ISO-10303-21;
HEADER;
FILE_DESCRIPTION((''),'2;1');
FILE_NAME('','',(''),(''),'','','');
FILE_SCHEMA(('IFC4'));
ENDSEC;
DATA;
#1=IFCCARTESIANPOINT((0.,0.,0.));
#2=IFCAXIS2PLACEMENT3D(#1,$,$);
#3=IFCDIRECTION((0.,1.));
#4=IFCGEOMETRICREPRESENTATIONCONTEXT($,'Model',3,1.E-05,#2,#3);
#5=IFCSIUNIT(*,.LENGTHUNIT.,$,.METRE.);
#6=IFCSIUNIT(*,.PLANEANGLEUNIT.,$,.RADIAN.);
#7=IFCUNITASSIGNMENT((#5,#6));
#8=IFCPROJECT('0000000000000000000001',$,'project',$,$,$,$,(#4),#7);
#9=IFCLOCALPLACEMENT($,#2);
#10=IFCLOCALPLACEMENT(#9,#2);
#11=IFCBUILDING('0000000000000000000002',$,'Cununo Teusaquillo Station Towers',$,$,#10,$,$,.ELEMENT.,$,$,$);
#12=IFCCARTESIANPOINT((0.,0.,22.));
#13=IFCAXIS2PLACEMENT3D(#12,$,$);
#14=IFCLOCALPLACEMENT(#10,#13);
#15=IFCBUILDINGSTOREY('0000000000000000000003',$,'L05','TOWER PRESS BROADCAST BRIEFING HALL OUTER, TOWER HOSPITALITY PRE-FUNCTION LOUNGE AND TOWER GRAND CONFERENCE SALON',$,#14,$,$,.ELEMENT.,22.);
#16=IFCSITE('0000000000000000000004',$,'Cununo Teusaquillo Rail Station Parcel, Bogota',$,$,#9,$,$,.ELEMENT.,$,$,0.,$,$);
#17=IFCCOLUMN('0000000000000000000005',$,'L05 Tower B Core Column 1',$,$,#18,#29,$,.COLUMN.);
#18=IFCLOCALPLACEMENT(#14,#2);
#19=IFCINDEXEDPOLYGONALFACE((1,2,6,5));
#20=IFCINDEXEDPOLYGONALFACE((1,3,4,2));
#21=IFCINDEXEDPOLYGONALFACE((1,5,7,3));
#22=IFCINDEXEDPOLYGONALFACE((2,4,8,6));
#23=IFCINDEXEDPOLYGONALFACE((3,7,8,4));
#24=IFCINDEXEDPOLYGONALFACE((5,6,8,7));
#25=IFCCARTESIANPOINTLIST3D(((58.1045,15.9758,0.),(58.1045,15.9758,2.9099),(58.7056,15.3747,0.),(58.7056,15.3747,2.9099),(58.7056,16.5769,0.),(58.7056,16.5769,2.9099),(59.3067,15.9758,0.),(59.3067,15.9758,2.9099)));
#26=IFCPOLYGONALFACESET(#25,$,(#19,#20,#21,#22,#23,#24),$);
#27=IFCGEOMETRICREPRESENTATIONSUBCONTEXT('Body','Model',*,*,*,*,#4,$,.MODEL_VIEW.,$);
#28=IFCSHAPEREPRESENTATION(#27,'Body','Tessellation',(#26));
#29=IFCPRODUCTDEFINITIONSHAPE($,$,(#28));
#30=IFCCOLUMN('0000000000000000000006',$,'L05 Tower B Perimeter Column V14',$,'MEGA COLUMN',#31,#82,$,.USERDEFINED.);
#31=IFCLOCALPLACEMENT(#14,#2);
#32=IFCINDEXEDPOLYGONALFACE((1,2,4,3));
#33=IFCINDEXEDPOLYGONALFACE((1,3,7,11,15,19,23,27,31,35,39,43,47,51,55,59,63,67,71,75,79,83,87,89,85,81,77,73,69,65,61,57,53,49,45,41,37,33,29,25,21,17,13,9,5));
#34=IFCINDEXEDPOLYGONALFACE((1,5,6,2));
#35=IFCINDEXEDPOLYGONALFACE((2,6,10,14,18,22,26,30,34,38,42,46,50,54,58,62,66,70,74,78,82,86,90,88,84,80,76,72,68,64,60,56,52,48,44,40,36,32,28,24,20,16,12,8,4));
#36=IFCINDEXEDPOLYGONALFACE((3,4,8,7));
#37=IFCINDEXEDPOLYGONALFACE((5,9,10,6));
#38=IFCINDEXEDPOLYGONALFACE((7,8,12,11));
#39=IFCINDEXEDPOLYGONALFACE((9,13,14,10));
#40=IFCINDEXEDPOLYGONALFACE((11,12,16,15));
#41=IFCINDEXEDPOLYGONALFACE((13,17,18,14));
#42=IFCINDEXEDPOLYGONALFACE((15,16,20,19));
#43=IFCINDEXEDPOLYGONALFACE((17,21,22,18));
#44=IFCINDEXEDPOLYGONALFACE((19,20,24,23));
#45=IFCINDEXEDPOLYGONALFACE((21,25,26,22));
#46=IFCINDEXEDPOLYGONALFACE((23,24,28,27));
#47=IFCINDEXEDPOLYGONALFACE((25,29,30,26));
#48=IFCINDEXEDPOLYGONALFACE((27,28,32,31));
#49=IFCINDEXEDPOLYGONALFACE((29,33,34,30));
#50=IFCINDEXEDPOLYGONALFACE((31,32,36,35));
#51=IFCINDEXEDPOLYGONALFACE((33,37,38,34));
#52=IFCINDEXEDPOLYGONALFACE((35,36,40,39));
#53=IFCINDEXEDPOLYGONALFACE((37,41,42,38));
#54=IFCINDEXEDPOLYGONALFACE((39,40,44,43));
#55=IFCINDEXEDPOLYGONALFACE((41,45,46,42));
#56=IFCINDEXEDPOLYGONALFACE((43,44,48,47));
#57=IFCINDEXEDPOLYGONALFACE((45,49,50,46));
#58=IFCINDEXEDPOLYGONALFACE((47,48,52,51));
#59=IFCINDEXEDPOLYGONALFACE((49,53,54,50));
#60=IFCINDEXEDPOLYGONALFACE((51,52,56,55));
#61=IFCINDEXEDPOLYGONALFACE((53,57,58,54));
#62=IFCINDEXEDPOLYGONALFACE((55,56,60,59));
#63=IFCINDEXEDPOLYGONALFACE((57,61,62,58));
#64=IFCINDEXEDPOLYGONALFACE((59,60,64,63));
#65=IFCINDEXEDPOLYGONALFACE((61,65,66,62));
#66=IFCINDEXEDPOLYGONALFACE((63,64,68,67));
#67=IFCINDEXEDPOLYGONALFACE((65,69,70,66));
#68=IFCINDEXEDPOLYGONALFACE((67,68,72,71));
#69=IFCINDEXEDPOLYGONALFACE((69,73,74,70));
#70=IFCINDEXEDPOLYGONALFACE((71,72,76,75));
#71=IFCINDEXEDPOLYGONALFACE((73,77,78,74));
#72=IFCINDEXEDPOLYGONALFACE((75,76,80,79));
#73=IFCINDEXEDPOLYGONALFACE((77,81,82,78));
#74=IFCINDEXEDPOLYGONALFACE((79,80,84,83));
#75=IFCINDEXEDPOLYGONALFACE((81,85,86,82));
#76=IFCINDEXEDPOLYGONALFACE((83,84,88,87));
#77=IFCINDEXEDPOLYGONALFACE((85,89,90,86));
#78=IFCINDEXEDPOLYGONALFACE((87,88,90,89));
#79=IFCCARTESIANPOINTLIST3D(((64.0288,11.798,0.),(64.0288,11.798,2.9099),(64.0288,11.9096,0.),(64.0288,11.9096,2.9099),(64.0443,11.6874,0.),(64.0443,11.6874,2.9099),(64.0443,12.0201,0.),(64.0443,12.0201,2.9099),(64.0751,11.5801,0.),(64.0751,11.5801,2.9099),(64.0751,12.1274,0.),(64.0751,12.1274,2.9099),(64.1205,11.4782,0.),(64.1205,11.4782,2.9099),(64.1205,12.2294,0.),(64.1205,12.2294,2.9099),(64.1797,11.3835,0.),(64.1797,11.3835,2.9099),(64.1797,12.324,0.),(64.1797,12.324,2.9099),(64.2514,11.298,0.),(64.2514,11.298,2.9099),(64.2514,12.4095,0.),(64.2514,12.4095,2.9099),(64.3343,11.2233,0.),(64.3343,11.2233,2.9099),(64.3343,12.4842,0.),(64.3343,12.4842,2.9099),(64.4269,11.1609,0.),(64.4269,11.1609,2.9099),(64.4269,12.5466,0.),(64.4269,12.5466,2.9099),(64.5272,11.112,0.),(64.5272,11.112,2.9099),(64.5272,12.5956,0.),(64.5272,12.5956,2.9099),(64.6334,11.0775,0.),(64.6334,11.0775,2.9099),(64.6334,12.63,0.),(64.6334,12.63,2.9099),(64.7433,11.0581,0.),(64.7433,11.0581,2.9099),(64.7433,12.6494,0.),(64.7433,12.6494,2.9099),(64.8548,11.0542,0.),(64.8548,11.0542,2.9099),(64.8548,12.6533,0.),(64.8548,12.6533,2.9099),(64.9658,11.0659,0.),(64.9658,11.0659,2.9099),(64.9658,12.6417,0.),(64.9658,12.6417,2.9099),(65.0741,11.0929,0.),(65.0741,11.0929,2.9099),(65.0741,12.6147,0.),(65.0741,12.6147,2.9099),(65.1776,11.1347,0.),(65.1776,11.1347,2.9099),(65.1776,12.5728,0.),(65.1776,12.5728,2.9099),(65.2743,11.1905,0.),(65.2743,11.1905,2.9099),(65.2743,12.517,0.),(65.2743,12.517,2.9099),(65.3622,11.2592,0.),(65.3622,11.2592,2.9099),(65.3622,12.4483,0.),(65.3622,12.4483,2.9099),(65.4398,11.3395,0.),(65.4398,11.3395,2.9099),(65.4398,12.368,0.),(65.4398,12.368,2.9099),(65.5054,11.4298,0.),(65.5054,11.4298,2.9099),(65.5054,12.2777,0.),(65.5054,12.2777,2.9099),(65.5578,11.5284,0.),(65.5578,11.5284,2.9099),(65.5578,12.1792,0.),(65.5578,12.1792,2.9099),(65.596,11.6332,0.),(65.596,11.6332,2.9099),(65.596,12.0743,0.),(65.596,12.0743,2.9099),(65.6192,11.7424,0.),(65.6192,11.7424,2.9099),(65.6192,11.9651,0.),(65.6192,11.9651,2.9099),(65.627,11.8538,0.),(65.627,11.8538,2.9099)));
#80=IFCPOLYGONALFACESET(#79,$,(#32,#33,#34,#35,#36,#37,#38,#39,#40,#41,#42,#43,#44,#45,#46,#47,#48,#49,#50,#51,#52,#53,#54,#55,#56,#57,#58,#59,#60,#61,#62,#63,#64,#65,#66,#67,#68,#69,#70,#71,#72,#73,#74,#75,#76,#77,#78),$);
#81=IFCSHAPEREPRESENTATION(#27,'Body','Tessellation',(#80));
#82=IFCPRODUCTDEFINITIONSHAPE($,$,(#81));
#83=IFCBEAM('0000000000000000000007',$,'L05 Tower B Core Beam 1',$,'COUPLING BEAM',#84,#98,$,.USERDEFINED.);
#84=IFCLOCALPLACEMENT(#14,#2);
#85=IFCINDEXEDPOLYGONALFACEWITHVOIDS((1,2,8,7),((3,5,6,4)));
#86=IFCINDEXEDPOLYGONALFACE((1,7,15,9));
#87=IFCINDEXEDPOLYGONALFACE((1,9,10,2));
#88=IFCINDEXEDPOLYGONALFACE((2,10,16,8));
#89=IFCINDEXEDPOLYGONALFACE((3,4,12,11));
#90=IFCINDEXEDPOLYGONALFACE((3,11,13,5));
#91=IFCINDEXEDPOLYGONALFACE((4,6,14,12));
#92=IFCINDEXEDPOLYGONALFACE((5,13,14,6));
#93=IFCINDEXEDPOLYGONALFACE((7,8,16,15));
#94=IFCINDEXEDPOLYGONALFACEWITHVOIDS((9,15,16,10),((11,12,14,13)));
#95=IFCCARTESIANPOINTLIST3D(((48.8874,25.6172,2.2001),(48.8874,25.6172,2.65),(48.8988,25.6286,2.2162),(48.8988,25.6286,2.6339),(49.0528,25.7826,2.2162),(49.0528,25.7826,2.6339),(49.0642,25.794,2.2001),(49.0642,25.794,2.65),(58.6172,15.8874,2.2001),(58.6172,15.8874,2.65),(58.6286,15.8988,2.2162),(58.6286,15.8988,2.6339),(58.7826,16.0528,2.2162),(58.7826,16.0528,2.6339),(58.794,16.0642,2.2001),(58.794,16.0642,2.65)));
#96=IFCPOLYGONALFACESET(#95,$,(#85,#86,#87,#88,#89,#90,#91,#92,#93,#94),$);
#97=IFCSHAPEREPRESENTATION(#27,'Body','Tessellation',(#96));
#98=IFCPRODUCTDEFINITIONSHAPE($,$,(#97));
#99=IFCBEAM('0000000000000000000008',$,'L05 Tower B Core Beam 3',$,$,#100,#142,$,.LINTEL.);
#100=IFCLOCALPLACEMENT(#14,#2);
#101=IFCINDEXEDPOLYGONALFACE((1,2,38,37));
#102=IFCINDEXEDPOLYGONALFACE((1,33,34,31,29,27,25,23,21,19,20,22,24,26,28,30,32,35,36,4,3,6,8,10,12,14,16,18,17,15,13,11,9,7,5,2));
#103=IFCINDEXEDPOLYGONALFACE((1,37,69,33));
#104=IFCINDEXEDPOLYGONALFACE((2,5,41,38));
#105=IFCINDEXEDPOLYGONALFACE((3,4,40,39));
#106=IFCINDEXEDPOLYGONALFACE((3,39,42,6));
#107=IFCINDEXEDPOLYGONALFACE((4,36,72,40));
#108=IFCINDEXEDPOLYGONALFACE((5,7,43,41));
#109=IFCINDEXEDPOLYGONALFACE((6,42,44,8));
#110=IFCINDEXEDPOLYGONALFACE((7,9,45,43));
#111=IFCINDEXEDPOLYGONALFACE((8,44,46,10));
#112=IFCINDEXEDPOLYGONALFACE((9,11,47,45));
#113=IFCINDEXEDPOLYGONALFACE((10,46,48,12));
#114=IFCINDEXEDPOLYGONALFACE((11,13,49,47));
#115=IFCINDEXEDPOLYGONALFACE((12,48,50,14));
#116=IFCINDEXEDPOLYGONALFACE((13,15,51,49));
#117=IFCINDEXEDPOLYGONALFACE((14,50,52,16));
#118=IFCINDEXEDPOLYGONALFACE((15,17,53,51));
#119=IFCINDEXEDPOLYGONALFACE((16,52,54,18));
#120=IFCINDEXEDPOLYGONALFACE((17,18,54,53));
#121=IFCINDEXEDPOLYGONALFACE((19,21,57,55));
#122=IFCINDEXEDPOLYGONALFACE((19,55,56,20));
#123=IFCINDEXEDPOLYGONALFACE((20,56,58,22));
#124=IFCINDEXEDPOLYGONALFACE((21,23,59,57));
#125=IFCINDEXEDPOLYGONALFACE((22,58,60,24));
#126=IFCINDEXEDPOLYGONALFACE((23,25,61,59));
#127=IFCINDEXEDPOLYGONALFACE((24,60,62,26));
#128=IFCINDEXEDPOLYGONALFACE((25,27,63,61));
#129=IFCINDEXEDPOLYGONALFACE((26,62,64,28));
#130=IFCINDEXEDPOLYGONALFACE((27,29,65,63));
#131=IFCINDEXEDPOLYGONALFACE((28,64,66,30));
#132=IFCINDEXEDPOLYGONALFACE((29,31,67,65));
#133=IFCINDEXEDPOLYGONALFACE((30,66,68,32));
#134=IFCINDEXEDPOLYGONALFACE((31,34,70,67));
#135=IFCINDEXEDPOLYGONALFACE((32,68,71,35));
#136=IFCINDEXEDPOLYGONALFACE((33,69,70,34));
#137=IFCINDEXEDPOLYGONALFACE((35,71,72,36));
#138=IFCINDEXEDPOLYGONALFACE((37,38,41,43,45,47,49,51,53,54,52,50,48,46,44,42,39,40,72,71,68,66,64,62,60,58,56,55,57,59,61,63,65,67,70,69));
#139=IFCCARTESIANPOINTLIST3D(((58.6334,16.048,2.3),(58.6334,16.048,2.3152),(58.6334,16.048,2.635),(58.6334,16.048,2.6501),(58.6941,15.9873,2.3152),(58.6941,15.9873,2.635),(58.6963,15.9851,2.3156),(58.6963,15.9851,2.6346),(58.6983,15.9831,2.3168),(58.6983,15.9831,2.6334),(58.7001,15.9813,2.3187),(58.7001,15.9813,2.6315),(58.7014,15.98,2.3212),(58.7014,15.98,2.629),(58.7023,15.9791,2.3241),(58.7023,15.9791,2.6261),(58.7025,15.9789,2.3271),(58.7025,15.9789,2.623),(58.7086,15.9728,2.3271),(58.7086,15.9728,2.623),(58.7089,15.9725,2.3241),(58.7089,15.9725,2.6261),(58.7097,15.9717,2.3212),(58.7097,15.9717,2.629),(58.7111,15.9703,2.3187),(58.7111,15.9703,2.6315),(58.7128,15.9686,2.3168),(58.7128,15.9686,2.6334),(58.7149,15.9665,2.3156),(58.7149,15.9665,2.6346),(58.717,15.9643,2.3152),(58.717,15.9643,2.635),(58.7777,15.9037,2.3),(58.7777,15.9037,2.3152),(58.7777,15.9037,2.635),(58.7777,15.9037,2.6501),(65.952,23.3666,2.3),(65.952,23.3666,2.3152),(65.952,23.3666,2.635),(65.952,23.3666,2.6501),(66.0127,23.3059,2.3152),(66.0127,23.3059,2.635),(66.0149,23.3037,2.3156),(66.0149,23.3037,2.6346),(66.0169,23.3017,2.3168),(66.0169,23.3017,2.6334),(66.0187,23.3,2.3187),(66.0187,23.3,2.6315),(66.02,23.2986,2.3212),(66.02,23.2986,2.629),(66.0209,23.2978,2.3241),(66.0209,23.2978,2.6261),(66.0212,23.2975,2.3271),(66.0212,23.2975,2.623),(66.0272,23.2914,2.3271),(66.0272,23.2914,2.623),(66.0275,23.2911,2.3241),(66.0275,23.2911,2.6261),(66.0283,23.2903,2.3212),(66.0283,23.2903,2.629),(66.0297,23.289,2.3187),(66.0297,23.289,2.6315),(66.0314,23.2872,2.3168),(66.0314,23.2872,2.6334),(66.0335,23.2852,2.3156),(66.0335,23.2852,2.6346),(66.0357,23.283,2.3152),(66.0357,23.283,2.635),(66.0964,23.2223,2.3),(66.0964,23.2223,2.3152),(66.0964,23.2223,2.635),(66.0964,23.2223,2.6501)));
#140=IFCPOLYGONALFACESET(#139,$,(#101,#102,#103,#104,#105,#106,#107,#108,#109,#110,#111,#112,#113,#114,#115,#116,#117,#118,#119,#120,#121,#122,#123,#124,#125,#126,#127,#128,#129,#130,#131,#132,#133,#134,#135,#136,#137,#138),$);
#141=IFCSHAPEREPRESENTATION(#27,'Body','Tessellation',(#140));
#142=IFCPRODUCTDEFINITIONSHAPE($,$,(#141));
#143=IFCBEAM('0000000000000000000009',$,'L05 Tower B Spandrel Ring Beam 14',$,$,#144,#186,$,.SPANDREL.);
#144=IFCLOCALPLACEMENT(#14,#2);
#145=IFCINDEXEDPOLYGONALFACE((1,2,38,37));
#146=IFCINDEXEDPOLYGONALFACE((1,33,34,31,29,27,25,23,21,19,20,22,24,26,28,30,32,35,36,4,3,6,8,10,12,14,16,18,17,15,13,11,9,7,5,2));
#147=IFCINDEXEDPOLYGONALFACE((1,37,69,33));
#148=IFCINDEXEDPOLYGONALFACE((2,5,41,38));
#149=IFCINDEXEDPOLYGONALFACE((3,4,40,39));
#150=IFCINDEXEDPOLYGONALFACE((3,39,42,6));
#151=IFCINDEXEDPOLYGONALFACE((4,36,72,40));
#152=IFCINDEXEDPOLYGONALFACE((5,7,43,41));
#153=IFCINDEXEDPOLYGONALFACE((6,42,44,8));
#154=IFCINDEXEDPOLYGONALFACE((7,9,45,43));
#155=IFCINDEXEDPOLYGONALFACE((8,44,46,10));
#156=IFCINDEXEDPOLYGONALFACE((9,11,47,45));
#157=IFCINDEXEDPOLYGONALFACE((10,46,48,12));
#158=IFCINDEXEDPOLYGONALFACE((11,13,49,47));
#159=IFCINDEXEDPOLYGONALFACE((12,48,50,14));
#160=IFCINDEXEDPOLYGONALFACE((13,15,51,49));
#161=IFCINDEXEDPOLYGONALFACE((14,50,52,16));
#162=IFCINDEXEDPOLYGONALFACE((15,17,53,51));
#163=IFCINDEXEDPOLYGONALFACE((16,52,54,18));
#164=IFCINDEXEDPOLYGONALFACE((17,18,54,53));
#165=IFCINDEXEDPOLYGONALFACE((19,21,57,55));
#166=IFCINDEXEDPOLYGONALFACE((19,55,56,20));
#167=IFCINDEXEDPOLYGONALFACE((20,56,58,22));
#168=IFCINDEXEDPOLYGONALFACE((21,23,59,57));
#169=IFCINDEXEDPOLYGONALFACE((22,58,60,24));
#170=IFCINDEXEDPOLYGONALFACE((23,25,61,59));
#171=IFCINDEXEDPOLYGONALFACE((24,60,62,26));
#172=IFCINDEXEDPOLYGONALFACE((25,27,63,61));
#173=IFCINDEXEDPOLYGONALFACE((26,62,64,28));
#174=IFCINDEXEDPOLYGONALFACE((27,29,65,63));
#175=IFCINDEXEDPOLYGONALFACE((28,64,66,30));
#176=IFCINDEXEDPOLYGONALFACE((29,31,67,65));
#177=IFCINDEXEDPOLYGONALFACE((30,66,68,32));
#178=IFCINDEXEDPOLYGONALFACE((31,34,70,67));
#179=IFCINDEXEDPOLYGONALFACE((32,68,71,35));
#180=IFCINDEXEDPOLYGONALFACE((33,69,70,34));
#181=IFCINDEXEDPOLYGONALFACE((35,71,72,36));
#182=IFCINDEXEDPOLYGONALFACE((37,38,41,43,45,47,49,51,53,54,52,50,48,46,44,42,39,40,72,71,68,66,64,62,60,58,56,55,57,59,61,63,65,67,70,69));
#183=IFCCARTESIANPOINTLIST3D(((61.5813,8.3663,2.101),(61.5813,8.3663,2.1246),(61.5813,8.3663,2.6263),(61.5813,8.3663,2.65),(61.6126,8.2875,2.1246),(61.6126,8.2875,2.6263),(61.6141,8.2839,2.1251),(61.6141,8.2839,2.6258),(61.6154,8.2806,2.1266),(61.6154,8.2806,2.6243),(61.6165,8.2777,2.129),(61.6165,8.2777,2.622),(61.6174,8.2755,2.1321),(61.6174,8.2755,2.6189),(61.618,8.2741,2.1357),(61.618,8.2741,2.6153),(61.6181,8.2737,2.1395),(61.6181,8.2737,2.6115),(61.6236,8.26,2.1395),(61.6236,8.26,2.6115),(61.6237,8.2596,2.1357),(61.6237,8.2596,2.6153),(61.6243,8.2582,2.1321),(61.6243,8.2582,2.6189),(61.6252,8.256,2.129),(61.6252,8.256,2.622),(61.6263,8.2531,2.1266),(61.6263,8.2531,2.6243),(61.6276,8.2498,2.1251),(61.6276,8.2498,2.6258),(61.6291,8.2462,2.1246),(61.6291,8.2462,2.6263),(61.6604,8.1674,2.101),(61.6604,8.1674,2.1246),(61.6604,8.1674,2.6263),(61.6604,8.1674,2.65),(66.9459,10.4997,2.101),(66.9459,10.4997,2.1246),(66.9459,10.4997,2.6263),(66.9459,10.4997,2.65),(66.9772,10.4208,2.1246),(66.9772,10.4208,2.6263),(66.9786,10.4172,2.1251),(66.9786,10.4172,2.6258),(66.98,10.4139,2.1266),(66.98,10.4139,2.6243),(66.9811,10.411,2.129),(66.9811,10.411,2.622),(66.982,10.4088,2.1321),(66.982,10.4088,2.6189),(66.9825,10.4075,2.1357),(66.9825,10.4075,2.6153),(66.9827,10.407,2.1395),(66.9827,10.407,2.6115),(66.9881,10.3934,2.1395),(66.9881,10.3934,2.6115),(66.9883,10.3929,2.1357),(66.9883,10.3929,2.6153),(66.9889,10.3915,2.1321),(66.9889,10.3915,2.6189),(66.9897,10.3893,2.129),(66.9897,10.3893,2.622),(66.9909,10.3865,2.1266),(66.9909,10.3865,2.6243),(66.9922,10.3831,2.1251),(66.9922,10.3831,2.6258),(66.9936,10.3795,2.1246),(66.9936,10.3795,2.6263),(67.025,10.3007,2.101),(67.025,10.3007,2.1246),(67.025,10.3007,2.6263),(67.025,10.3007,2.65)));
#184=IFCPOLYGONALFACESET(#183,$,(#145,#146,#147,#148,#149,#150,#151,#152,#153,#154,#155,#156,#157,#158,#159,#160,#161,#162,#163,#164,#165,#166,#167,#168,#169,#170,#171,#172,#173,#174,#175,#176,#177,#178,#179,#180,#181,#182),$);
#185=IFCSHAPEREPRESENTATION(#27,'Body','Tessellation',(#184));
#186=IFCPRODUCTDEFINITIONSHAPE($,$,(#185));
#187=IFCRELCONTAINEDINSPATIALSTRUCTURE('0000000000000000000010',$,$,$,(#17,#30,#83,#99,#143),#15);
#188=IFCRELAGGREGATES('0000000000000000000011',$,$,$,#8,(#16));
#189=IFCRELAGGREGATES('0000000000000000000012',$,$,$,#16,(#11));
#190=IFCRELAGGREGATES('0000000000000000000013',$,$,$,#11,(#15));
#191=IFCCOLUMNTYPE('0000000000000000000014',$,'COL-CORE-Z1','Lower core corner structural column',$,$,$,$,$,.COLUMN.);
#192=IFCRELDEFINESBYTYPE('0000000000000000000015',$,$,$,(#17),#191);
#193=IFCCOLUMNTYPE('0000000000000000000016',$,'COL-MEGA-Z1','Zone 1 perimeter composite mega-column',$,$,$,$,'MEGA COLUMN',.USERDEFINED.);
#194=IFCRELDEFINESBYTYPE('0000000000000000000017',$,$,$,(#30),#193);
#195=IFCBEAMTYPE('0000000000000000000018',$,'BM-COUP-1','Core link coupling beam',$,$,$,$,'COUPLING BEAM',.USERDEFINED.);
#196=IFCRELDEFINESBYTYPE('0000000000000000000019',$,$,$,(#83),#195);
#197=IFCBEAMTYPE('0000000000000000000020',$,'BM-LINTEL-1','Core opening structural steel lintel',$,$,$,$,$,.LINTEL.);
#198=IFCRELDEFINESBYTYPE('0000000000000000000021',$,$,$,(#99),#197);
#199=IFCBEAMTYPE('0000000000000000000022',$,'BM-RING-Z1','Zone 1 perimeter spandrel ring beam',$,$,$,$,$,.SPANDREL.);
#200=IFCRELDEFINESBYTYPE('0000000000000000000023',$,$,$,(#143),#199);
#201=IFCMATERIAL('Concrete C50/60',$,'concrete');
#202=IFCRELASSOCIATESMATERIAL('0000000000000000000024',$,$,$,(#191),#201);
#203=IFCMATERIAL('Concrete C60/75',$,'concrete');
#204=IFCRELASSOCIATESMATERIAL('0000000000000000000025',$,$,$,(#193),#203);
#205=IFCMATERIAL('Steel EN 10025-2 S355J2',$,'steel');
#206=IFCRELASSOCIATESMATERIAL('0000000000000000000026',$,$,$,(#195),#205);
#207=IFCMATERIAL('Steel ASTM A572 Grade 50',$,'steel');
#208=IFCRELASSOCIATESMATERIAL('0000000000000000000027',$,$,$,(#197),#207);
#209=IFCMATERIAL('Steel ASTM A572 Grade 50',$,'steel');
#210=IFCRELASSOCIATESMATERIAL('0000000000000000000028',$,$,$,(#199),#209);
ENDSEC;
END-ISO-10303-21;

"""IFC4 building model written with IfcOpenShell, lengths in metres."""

from ifc_helpers import new_model, si_unit, direction, frame, origin, origin_2d, place, context, subcontext, project, spatial, rectangle, hollow_rectangle, circle, i_section, extrude, material, material_profile, profile_set, type_object, element, save


model = new_model("IFC4")

# Units and contexts
model_context = context("Model", 3, precision=1e-05, world=origin(), true_north=direction((0.0, 1.0)))
body_context = subcontext(model_context, "Body", "Model", "MODEL_VIEW")
ifc_project = project(units=[si_unit("LENGTHUNIT", "METRE"), si_unit("PLANEANGLEUNIT", "RADIAN")], contexts=[model_context])

# Site, building, storey
site_placement = place(None, origin())
site = spatial("IfcSite", under=ifc_project, at=site_placement, Name="Cununo Teusaquillo Rail Station Parcel, Bogota", CompositionType="ELEMENT", RefElevation=0.0)
building_placement = place(site_placement, origin())
building = spatial("IfcBuilding", under=site, at=building_placement, Name="Cununo Teusaquillo Station Towers", CompositionType="ELEMENT")
storey_placement = place(building_placement, frame((0.0, 0.0, 22.0)))
storey = spatial("IfcBuildingStorey", under=building, at=storey_placement, Name="L05", Description="TOWER PRESS BROADCAST BRIEFING HALL OUTER, TOWER HOSPITALITY PRE-FUNCTION LOUNGE AND TOWER GRAND CONFERENCE SALON", CompositionType="ELEMENT", Elevation=22.0)

# Columns
ifc_material_1 = material(Name="Concrete C50/60", Category="concrete")
ifc_material_profile_1 = material_profile(ifc_material_1, rectangle(XDim=0.8501, YDim=0.8501, at=origin_2d()), Name="RC-RECT-850x850")
ifc_profile_set_1 = profile_set([ifc_material_profile_1], Name="Concrete C50/60")
column_type_1 = type_object("IfcColumnType", Name="COL-CORE-Z1", Description="Lower core corner structural column", PredefinedType="COLUMN", material=ifc_profile_set_1)
column_1_placement = place(storey_placement, frame((58.7056, 15.9758, 0.0), z_axis=(0.0, 0.0, 1.0), x_axis=(0.707107, 0.707107, 0.0)))
element("IfcColumn", 1, at=column_1_placement, inside=storey, type_object=column_type_1, Name="L05 Tower B Core Column 1", PredefinedType="COLUMN", context=body_context, shape_type="SweptSolid", body=[
    extrude(rectangle(XDim=0.8501, YDim=0.8501, at=origin_2d()), origin(), (0.0, 0.0, 1.0), 2.9099),
])
ifc_material_2 = material(Name="Concrete C60/75", Category="concrete")
ifc_material_profile_2 = material_profile(ifc_material_2, circle(Radius=0.8, at=origin_2d()), Name="RC-CIRC-1600")
ifc_profile_set_2 = profile_set([ifc_material_profile_2], Name="Concrete C60/75")
column_type_2 = type_object("IfcColumnType", Name="COL-MEGA-Z1", Description="Zone 1 perimeter composite mega-column", ElementType="MEGA COLUMN", PredefinedType="USERDEFINED", material=ifc_profile_set_2)
column_2_placement = place(storey_placement, frame((64.8269, 11.8538, 0.0), z_axis=(0.0, 0.0, 1.0), x_axis=(1.0, 0.0, 0.0)))
element("IfcColumn", 2, at=column_2_placement, inside=storey, type_object=column_type_2, Name="L05 Tower B Perimeter Column V14", ObjectType="MEGA COLUMN", PredefinedType="USERDEFINED", context=body_context, shape_type="SweptSolid", body=[
    extrude(circle(Radius=0.8, at=origin_2d()), origin(), (0.0, 0.0, 1.0), 2.9099),
])

# Beams
ifc_material_3 = material(Name="Steel EN 10025-2 S355J2", Category="steel")
ifc_material_profile_3 = material_profile(ifc_material_3, hollow_rectangle(XDim=0.25, YDim=0.45, WallThickness=0.0161, at=origin_2d()), Name="RHS 450x250x16")
ifc_profile_set_3 = profile_set([ifc_material_profile_3], Name="Steel EN 10025-2 S355J2")
beam_type_1 = type_object("IfcBeamType", Name="BM-COUP-1", Description="Core link coupling beam", ElementType="COUPLING BEAM", PredefinedType="USERDEFINED", material=ifc_profile_set_3)
beam_1_placement = place(storey_placement, frame((58.7056, 15.9758, 2.425), z_axis=(-0.707107, 0.707107, 0.0), x_axis=(-0.707107, -0.707107, 0.0)))
element("IfcBeam", 3, at=beam_1_placement, inside=storey, type_object=beam_type_1, Name="L05 Tower B Core Beam 1", ObjectType="COUPLING BEAM", PredefinedType="USERDEFINED", context=body_context, shape_type="SweptSolid", body=[
    extrude(hollow_rectangle(XDim=0.25, YDim=0.45, WallThickness=0.0161, at=origin_2d()), origin(), (0.0, 0.0, 1.0), 13.76),
])
ifc_material_4 = material(Name="Steel ASTM A572 Grade 50", Category="steel")
ifc_material_profile_4 = material_profile(ifc_material_4, i_section(OverallWidth=0.2041, OverallDepth=0.3501, WebThickness=0.0085, FlangeThickness=0.0151, FilletRadius=0.012, at=origin_2d()), Name="W14X48")
ifc_profile_set_4 = profile_set([ifc_material_profile_4], Name="Steel ASTM A572 Grade 50")
beam_type_2 = type_object("IfcBeamType", Name="BM-LINTEL-1", Description="Core opening structural steel lintel", PredefinedType="LINTEL", material=ifc_profile_set_4)
beam_2_placement = place(storey_placement, frame((58.7056, 15.9758, 2.4751), z_axis=(0.707107, 0.707107, 0.0), x_axis=(-0.707107, 0.707107, 0.0)))
element("IfcBeam", 4, at=beam_2_placement, inside=storey, type_object=beam_type_2, Name="L05 Tower B Core Beam 3", PredefinedType="LINTEL", context=body_context, shape_type="SweptSolid", body=[
    extrude(i_section(OverallWidth=0.2041, OverallDepth=0.3501, WebThickness=0.0085, FlangeThickness=0.0151, FilletRadius=0.012, at=origin_2d()), origin(), (0.0, 0.0, 1.0), 10.3501),
])
ifc_material_5 = material(Name="Steel ASTM A572 Grade 50", Category="steel")
ifc_material_profile_5 = material_profile(ifc_material_5, i_section(OverallWidth=0.2141, OverallDepth=0.5491, WebThickness=0.0146, FlangeThickness=0.0237, FilletRadius=0.0149, at=origin_2d()), Name="W21X93")
ifc_profile_set_5 = profile_set([ifc_material_profile_5], Name="Steel ASTM A572 Grade 50")
beam_type_3 = type_object("IfcBeamType", Name="BM-RING-Z1", Description="Zone 1 perimeter spandrel ring beam", PredefinedType="SPANDREL", material=ifc_profile_set_5)
beam_3_placement = place(storey_placement, frame((61.6208, 8.2668, 2.3755), z_axis=(0.929221, 0.369523, 0.0), x_axis=(-0.369523, 0.929221, 0.0)))
element("IfcBeam", 5, at=beam_3_placement, inside=storey, type_object=beam_type_3, Name="L05 Tower B Spandrel Ring Beam 14", PredefinedType="SPANDREL", context=body_context, shape_type="SweptSolid", body=[
    extrude(i_section(OverallWidth=0.2141, OverallDepth=0.5491, WebThickness=0.0146, FlangeThickness=0.0237, FilletRadius=0.0149, at=origin_2d()), origin(), (0.0, 0.0, 1.0), 5.7732),
])

save(model, "model.ifc")
